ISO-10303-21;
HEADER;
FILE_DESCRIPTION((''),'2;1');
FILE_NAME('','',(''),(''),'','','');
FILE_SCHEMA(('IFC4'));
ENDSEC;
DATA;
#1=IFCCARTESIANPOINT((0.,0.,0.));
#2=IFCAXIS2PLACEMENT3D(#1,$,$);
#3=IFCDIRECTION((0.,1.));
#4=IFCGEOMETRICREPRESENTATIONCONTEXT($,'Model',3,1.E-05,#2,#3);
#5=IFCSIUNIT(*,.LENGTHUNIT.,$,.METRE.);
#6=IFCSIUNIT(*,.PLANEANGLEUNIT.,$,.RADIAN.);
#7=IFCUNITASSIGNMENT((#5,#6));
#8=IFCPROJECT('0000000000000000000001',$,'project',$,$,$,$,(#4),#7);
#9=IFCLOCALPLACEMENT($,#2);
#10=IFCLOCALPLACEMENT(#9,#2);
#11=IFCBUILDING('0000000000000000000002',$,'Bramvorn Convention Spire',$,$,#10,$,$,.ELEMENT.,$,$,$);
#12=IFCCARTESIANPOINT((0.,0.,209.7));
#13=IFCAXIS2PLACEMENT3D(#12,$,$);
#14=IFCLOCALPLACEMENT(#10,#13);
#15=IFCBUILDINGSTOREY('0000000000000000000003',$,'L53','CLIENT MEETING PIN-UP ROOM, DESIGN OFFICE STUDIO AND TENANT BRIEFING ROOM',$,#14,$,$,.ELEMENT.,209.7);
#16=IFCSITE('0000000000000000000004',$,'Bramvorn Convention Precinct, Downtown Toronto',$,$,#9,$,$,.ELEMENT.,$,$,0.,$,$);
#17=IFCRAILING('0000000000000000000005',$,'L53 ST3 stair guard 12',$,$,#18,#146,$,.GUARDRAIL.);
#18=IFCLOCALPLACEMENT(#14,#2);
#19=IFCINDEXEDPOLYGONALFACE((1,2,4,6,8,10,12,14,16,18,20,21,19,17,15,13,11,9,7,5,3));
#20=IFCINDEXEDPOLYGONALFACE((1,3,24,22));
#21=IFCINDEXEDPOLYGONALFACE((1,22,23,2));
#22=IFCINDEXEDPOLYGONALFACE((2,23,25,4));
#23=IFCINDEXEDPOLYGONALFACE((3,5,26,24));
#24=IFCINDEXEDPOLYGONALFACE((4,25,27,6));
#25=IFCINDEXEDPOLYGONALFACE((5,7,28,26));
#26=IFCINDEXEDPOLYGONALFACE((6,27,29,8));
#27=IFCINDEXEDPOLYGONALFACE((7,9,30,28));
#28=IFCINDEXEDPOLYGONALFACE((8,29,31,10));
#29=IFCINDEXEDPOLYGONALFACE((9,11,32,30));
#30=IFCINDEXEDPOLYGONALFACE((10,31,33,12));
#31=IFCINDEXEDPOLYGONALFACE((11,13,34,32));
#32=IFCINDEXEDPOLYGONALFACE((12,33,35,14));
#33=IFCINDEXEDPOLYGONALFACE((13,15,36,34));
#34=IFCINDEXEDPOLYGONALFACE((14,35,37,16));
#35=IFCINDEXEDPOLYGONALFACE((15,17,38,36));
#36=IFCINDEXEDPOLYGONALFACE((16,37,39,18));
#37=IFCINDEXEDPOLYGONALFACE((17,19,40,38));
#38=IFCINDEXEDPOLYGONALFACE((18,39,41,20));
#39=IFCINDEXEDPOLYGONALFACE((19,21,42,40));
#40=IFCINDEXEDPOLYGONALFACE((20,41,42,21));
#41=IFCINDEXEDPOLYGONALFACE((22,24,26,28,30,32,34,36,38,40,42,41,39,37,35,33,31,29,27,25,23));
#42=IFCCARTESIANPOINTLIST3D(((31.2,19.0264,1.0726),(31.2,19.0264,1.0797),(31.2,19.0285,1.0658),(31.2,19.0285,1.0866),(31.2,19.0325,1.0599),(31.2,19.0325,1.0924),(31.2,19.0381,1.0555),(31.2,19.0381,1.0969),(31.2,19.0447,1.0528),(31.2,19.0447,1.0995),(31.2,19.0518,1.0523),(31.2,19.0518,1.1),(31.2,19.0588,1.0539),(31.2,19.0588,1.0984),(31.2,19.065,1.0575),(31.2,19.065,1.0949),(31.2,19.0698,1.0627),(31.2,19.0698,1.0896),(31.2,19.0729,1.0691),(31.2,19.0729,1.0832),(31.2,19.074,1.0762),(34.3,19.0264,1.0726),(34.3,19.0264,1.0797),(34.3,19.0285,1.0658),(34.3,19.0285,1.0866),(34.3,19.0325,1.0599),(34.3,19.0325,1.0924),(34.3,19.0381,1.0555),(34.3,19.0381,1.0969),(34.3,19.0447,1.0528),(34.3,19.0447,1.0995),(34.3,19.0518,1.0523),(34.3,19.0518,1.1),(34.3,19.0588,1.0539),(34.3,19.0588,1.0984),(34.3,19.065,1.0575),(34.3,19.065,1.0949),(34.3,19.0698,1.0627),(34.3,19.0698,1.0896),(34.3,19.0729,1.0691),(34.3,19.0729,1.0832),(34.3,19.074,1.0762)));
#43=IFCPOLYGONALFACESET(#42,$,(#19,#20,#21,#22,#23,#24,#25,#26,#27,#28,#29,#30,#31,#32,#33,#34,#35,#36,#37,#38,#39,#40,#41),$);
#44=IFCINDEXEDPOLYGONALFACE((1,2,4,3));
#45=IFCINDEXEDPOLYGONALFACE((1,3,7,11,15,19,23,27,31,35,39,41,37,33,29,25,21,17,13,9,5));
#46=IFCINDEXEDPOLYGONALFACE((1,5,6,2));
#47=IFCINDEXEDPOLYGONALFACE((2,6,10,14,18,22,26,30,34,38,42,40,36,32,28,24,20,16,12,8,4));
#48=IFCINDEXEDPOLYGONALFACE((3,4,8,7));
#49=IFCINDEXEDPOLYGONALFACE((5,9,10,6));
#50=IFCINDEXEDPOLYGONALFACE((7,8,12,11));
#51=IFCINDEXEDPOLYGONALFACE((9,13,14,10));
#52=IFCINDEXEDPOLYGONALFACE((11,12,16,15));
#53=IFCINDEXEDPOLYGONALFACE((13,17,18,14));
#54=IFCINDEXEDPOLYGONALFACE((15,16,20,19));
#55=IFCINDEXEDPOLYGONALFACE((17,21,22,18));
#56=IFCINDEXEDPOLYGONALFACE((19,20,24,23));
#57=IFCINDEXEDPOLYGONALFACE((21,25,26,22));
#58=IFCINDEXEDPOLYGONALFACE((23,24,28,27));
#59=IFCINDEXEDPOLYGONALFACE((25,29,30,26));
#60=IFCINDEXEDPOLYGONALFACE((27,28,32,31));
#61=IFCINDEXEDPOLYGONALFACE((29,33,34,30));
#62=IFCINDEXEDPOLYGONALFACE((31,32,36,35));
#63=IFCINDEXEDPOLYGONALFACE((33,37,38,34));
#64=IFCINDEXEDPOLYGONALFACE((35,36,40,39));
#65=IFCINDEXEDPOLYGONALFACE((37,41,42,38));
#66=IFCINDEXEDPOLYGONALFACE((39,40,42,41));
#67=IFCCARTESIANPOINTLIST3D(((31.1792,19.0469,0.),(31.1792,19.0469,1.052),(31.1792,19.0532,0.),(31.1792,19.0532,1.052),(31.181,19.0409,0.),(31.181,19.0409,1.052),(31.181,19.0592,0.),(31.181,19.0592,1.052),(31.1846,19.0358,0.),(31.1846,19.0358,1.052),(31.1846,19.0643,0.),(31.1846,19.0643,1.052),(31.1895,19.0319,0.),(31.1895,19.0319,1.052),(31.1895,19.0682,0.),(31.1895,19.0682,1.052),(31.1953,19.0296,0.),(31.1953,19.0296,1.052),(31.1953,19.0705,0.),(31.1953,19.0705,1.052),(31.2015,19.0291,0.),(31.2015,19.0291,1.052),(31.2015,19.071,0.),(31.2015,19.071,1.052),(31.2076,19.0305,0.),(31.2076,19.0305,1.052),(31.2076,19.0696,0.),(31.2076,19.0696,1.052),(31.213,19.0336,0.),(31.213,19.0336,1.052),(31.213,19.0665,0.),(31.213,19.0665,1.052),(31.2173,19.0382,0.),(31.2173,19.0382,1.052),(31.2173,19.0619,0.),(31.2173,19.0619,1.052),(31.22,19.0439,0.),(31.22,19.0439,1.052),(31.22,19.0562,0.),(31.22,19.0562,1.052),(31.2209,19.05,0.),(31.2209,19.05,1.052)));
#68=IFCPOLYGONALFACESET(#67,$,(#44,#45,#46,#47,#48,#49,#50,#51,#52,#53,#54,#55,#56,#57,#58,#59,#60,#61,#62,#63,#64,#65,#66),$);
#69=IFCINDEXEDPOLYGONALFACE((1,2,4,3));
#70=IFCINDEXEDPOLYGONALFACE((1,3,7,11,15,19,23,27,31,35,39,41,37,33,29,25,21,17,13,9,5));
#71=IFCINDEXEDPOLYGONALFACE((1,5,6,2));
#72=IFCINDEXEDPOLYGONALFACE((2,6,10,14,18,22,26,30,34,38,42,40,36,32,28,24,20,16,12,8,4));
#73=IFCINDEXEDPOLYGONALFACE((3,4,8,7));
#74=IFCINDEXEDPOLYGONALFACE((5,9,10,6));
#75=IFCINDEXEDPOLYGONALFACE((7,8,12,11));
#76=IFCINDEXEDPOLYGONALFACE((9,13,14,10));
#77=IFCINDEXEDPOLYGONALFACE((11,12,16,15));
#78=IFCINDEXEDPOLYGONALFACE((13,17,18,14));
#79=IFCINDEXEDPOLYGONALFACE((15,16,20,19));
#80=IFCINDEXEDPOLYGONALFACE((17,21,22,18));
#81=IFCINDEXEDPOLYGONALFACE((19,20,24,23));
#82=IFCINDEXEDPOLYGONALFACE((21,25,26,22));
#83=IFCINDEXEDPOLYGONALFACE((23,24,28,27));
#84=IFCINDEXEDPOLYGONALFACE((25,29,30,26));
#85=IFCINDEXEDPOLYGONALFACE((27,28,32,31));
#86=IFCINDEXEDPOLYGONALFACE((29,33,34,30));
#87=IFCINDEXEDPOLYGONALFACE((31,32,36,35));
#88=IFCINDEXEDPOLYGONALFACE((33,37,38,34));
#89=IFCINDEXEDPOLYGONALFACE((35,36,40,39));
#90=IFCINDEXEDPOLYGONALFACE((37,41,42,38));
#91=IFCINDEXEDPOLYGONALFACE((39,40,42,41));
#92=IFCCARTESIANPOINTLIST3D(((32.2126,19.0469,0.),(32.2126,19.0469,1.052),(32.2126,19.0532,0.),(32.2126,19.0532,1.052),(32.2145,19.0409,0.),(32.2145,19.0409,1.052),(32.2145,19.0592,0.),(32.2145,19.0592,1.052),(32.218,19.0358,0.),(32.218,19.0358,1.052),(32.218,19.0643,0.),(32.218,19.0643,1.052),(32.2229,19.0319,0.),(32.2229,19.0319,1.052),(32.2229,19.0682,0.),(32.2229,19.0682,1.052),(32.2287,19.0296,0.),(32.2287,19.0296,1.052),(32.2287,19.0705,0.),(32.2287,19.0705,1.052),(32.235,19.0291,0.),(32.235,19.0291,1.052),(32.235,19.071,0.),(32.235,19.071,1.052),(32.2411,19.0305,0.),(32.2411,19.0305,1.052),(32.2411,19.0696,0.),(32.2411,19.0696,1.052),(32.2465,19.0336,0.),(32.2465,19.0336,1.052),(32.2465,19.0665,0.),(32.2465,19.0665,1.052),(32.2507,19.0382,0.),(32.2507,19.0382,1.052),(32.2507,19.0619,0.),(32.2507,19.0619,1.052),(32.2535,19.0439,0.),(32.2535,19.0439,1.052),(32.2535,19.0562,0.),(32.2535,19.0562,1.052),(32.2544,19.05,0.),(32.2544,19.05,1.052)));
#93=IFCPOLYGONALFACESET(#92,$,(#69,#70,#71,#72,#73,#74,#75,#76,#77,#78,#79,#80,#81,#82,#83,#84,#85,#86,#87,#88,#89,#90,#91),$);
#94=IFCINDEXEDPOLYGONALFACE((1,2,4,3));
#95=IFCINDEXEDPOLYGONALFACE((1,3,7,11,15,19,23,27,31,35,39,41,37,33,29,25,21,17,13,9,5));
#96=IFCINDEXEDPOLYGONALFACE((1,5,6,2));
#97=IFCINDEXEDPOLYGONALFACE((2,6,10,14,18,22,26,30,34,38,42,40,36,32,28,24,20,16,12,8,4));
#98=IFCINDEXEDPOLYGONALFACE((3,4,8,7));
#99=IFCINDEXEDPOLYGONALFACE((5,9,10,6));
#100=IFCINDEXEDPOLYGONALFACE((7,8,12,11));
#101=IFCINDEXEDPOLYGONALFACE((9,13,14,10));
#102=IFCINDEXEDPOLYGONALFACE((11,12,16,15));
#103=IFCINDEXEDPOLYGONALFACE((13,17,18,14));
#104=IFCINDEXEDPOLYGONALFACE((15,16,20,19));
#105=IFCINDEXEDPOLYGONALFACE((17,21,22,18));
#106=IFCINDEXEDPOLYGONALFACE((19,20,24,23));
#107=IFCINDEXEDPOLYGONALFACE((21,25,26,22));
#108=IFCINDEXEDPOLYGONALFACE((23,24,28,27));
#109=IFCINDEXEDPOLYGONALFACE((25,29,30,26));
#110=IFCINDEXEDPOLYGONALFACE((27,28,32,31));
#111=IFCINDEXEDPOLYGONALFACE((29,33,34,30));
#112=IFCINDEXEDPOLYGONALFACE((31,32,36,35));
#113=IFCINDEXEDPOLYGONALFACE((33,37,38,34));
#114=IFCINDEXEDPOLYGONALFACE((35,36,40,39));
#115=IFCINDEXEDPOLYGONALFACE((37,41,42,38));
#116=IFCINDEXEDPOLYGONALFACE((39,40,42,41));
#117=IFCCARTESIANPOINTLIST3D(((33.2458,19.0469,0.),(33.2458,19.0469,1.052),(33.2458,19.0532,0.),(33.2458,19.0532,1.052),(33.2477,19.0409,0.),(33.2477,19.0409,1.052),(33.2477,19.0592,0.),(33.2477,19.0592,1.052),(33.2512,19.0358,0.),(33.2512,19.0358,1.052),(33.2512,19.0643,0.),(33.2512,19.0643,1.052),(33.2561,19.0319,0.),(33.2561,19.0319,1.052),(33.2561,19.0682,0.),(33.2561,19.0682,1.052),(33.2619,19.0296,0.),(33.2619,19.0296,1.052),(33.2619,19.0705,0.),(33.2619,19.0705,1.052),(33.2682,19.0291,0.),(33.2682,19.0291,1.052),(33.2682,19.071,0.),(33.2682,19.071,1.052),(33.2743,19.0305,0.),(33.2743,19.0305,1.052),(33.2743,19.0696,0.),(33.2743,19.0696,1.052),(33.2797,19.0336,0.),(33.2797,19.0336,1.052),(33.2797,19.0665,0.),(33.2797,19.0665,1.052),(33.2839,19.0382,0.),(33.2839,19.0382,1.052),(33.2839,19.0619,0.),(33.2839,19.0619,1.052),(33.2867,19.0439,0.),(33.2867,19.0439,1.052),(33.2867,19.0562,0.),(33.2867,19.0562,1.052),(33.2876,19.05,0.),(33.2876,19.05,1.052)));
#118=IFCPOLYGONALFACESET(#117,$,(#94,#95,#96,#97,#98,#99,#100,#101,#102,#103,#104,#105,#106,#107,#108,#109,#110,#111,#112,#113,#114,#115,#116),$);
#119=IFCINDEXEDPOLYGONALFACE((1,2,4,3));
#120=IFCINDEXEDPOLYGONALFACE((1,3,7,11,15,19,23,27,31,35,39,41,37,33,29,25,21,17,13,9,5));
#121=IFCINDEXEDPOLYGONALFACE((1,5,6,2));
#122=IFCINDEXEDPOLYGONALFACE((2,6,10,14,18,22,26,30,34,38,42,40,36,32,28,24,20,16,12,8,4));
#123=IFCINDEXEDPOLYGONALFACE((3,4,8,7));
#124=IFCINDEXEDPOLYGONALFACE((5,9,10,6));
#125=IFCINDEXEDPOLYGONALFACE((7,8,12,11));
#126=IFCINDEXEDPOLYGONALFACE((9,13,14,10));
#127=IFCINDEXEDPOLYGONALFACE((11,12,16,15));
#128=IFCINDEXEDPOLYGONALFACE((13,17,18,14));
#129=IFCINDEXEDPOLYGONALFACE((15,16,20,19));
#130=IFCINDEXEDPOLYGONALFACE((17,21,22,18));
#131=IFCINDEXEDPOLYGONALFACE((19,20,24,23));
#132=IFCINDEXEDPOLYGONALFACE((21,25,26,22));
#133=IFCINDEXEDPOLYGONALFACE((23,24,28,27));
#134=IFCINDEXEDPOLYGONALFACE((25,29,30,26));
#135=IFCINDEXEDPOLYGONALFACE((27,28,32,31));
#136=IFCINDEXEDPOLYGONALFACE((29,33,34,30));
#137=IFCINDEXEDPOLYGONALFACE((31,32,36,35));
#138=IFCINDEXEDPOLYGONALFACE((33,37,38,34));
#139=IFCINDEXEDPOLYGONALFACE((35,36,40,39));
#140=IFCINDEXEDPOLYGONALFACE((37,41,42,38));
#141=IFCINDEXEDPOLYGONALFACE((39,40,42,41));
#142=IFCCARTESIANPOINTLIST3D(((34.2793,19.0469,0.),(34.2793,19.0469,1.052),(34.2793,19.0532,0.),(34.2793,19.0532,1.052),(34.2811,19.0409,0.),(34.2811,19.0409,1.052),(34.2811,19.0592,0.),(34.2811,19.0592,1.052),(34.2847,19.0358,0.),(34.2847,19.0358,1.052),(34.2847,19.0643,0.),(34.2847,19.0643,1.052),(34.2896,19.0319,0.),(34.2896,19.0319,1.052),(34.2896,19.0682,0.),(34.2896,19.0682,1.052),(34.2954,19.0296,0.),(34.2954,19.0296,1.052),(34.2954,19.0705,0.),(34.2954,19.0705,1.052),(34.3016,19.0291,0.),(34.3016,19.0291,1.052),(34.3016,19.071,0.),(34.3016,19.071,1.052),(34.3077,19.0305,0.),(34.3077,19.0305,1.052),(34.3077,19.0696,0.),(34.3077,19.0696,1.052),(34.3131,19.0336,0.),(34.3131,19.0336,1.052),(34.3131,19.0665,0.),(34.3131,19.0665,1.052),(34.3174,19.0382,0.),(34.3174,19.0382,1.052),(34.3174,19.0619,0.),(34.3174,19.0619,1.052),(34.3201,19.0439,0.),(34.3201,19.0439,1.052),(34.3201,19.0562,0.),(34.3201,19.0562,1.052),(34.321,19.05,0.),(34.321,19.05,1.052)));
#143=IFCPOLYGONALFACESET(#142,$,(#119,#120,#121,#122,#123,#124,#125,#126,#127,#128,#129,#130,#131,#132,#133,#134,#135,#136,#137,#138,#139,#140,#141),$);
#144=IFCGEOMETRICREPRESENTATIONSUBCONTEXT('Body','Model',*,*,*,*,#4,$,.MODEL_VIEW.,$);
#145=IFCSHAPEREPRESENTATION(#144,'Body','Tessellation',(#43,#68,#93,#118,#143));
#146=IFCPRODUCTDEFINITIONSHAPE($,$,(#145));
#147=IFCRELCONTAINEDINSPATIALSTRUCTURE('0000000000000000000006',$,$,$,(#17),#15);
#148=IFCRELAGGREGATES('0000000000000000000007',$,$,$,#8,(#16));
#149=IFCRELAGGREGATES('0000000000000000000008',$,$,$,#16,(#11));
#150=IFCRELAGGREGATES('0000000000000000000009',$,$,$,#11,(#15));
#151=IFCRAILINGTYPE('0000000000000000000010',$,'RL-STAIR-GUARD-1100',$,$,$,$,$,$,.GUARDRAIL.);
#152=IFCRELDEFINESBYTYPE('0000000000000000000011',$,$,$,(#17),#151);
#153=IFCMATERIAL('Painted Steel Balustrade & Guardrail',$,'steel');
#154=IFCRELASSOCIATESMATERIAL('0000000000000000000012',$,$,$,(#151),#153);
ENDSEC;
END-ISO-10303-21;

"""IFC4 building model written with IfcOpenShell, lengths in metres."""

from ifc_helpers import new_model, si_unit, direction, frame, origin, origin_2d, place, context, subcontext, project, spatial, circle, extrude, material, type_object, element, save


model = new_model("IFC4")

# Units and contexts
model_context = context("Model", 3, precision=1e-05, world=origin(), true_north=direction((0.0, 1.0)))
body_context = subcontext(model_context, "Body", "Model", "MODEL_VIEW")
ifc_project = project(units=[si_unit("LENGTHUNIT", "METRE"), si_unit("PLANEANGLEUNIT", "RADIAN")], contexts=[model_context])

# Site, building, storey
site_placement = place(None, origin())
site = spatial("IfcSite", under=ifc_project, at=site_placement, Name="Bramvorn Convention Precinct, Downtown Toronto", CompositionType="ELEMENT", RefElevation=0.0)
building_placement = place(site_placement, origin())
building = spatial("IfcBuilding", under=site, at=building_placement, Name="Bramvorn Convention Spire", CompositionType="ELEMENT")
storey_placement = place(building_placement, frame((0.0, 0.0, 209.7)))
storey = spatial("IfcBuildingStorey", under=building, at=storey_placement, Name="L53", Description="CLIENT MEETING PIN-UP ROOM, DESIGN OFFICE STUDIO AND TENANT BRIEFING ROOM", CompositionType="ELEMENT", Elevation=209.7)

# Railing
ifc_material_1 = material(Name="Painted Steel Balustrade & Guardrail", Category="steel")
railing_type_1 = type_object("IfcRailingType", Name="RL-STAIR-GUARD-1100", PredefinedType="GUARDRAIL", material=ifc_material_1)
railing_1_placement = place(storey_placement, frame((31.2, 19.05, 0.0)))
element("IfcRailing", 1, at=railing_1_placement, inside=storey, type_object=railing_type_1, Name="L53 ST3 stair guard 12", PredefinedType="GUARDRAIL", context=body_context, shape_type="SweptSolid", body=[
    extrude(circle(Radius=0.0239, at=origin_2d()), frame((0.0, 0.0, 1.0762), z_axis=(1.0, 0.0, 0.0), x_axis=(0.0, 1.0, 0.0)), (0.0, 0.0, 1.0), 3.1001),
    extrude(circle(Radius=0.021, at=origin_2d()), origin(), (0.0, 0.0, 1.0), 1.052),
    extrude(circle(Radius=0.021, at=origin_2d()), frame((1.0334, 0.0, 0.0)), (0.0, 0.0, 1.0), 1.052),
    extrude(circle(Radius=0.021, at=origin_2d()), frame((2.0667, 0.0, 0.0)), (0.0, 0.0, 1.0), 1.052),
    extrude(circle(Radius=0.021, at=origin_2d()), frame((3.1001, 0.0, 0.0)), (0.0, 0.0, 1.0), 1.052),
])

save(model, "model.ifc")
